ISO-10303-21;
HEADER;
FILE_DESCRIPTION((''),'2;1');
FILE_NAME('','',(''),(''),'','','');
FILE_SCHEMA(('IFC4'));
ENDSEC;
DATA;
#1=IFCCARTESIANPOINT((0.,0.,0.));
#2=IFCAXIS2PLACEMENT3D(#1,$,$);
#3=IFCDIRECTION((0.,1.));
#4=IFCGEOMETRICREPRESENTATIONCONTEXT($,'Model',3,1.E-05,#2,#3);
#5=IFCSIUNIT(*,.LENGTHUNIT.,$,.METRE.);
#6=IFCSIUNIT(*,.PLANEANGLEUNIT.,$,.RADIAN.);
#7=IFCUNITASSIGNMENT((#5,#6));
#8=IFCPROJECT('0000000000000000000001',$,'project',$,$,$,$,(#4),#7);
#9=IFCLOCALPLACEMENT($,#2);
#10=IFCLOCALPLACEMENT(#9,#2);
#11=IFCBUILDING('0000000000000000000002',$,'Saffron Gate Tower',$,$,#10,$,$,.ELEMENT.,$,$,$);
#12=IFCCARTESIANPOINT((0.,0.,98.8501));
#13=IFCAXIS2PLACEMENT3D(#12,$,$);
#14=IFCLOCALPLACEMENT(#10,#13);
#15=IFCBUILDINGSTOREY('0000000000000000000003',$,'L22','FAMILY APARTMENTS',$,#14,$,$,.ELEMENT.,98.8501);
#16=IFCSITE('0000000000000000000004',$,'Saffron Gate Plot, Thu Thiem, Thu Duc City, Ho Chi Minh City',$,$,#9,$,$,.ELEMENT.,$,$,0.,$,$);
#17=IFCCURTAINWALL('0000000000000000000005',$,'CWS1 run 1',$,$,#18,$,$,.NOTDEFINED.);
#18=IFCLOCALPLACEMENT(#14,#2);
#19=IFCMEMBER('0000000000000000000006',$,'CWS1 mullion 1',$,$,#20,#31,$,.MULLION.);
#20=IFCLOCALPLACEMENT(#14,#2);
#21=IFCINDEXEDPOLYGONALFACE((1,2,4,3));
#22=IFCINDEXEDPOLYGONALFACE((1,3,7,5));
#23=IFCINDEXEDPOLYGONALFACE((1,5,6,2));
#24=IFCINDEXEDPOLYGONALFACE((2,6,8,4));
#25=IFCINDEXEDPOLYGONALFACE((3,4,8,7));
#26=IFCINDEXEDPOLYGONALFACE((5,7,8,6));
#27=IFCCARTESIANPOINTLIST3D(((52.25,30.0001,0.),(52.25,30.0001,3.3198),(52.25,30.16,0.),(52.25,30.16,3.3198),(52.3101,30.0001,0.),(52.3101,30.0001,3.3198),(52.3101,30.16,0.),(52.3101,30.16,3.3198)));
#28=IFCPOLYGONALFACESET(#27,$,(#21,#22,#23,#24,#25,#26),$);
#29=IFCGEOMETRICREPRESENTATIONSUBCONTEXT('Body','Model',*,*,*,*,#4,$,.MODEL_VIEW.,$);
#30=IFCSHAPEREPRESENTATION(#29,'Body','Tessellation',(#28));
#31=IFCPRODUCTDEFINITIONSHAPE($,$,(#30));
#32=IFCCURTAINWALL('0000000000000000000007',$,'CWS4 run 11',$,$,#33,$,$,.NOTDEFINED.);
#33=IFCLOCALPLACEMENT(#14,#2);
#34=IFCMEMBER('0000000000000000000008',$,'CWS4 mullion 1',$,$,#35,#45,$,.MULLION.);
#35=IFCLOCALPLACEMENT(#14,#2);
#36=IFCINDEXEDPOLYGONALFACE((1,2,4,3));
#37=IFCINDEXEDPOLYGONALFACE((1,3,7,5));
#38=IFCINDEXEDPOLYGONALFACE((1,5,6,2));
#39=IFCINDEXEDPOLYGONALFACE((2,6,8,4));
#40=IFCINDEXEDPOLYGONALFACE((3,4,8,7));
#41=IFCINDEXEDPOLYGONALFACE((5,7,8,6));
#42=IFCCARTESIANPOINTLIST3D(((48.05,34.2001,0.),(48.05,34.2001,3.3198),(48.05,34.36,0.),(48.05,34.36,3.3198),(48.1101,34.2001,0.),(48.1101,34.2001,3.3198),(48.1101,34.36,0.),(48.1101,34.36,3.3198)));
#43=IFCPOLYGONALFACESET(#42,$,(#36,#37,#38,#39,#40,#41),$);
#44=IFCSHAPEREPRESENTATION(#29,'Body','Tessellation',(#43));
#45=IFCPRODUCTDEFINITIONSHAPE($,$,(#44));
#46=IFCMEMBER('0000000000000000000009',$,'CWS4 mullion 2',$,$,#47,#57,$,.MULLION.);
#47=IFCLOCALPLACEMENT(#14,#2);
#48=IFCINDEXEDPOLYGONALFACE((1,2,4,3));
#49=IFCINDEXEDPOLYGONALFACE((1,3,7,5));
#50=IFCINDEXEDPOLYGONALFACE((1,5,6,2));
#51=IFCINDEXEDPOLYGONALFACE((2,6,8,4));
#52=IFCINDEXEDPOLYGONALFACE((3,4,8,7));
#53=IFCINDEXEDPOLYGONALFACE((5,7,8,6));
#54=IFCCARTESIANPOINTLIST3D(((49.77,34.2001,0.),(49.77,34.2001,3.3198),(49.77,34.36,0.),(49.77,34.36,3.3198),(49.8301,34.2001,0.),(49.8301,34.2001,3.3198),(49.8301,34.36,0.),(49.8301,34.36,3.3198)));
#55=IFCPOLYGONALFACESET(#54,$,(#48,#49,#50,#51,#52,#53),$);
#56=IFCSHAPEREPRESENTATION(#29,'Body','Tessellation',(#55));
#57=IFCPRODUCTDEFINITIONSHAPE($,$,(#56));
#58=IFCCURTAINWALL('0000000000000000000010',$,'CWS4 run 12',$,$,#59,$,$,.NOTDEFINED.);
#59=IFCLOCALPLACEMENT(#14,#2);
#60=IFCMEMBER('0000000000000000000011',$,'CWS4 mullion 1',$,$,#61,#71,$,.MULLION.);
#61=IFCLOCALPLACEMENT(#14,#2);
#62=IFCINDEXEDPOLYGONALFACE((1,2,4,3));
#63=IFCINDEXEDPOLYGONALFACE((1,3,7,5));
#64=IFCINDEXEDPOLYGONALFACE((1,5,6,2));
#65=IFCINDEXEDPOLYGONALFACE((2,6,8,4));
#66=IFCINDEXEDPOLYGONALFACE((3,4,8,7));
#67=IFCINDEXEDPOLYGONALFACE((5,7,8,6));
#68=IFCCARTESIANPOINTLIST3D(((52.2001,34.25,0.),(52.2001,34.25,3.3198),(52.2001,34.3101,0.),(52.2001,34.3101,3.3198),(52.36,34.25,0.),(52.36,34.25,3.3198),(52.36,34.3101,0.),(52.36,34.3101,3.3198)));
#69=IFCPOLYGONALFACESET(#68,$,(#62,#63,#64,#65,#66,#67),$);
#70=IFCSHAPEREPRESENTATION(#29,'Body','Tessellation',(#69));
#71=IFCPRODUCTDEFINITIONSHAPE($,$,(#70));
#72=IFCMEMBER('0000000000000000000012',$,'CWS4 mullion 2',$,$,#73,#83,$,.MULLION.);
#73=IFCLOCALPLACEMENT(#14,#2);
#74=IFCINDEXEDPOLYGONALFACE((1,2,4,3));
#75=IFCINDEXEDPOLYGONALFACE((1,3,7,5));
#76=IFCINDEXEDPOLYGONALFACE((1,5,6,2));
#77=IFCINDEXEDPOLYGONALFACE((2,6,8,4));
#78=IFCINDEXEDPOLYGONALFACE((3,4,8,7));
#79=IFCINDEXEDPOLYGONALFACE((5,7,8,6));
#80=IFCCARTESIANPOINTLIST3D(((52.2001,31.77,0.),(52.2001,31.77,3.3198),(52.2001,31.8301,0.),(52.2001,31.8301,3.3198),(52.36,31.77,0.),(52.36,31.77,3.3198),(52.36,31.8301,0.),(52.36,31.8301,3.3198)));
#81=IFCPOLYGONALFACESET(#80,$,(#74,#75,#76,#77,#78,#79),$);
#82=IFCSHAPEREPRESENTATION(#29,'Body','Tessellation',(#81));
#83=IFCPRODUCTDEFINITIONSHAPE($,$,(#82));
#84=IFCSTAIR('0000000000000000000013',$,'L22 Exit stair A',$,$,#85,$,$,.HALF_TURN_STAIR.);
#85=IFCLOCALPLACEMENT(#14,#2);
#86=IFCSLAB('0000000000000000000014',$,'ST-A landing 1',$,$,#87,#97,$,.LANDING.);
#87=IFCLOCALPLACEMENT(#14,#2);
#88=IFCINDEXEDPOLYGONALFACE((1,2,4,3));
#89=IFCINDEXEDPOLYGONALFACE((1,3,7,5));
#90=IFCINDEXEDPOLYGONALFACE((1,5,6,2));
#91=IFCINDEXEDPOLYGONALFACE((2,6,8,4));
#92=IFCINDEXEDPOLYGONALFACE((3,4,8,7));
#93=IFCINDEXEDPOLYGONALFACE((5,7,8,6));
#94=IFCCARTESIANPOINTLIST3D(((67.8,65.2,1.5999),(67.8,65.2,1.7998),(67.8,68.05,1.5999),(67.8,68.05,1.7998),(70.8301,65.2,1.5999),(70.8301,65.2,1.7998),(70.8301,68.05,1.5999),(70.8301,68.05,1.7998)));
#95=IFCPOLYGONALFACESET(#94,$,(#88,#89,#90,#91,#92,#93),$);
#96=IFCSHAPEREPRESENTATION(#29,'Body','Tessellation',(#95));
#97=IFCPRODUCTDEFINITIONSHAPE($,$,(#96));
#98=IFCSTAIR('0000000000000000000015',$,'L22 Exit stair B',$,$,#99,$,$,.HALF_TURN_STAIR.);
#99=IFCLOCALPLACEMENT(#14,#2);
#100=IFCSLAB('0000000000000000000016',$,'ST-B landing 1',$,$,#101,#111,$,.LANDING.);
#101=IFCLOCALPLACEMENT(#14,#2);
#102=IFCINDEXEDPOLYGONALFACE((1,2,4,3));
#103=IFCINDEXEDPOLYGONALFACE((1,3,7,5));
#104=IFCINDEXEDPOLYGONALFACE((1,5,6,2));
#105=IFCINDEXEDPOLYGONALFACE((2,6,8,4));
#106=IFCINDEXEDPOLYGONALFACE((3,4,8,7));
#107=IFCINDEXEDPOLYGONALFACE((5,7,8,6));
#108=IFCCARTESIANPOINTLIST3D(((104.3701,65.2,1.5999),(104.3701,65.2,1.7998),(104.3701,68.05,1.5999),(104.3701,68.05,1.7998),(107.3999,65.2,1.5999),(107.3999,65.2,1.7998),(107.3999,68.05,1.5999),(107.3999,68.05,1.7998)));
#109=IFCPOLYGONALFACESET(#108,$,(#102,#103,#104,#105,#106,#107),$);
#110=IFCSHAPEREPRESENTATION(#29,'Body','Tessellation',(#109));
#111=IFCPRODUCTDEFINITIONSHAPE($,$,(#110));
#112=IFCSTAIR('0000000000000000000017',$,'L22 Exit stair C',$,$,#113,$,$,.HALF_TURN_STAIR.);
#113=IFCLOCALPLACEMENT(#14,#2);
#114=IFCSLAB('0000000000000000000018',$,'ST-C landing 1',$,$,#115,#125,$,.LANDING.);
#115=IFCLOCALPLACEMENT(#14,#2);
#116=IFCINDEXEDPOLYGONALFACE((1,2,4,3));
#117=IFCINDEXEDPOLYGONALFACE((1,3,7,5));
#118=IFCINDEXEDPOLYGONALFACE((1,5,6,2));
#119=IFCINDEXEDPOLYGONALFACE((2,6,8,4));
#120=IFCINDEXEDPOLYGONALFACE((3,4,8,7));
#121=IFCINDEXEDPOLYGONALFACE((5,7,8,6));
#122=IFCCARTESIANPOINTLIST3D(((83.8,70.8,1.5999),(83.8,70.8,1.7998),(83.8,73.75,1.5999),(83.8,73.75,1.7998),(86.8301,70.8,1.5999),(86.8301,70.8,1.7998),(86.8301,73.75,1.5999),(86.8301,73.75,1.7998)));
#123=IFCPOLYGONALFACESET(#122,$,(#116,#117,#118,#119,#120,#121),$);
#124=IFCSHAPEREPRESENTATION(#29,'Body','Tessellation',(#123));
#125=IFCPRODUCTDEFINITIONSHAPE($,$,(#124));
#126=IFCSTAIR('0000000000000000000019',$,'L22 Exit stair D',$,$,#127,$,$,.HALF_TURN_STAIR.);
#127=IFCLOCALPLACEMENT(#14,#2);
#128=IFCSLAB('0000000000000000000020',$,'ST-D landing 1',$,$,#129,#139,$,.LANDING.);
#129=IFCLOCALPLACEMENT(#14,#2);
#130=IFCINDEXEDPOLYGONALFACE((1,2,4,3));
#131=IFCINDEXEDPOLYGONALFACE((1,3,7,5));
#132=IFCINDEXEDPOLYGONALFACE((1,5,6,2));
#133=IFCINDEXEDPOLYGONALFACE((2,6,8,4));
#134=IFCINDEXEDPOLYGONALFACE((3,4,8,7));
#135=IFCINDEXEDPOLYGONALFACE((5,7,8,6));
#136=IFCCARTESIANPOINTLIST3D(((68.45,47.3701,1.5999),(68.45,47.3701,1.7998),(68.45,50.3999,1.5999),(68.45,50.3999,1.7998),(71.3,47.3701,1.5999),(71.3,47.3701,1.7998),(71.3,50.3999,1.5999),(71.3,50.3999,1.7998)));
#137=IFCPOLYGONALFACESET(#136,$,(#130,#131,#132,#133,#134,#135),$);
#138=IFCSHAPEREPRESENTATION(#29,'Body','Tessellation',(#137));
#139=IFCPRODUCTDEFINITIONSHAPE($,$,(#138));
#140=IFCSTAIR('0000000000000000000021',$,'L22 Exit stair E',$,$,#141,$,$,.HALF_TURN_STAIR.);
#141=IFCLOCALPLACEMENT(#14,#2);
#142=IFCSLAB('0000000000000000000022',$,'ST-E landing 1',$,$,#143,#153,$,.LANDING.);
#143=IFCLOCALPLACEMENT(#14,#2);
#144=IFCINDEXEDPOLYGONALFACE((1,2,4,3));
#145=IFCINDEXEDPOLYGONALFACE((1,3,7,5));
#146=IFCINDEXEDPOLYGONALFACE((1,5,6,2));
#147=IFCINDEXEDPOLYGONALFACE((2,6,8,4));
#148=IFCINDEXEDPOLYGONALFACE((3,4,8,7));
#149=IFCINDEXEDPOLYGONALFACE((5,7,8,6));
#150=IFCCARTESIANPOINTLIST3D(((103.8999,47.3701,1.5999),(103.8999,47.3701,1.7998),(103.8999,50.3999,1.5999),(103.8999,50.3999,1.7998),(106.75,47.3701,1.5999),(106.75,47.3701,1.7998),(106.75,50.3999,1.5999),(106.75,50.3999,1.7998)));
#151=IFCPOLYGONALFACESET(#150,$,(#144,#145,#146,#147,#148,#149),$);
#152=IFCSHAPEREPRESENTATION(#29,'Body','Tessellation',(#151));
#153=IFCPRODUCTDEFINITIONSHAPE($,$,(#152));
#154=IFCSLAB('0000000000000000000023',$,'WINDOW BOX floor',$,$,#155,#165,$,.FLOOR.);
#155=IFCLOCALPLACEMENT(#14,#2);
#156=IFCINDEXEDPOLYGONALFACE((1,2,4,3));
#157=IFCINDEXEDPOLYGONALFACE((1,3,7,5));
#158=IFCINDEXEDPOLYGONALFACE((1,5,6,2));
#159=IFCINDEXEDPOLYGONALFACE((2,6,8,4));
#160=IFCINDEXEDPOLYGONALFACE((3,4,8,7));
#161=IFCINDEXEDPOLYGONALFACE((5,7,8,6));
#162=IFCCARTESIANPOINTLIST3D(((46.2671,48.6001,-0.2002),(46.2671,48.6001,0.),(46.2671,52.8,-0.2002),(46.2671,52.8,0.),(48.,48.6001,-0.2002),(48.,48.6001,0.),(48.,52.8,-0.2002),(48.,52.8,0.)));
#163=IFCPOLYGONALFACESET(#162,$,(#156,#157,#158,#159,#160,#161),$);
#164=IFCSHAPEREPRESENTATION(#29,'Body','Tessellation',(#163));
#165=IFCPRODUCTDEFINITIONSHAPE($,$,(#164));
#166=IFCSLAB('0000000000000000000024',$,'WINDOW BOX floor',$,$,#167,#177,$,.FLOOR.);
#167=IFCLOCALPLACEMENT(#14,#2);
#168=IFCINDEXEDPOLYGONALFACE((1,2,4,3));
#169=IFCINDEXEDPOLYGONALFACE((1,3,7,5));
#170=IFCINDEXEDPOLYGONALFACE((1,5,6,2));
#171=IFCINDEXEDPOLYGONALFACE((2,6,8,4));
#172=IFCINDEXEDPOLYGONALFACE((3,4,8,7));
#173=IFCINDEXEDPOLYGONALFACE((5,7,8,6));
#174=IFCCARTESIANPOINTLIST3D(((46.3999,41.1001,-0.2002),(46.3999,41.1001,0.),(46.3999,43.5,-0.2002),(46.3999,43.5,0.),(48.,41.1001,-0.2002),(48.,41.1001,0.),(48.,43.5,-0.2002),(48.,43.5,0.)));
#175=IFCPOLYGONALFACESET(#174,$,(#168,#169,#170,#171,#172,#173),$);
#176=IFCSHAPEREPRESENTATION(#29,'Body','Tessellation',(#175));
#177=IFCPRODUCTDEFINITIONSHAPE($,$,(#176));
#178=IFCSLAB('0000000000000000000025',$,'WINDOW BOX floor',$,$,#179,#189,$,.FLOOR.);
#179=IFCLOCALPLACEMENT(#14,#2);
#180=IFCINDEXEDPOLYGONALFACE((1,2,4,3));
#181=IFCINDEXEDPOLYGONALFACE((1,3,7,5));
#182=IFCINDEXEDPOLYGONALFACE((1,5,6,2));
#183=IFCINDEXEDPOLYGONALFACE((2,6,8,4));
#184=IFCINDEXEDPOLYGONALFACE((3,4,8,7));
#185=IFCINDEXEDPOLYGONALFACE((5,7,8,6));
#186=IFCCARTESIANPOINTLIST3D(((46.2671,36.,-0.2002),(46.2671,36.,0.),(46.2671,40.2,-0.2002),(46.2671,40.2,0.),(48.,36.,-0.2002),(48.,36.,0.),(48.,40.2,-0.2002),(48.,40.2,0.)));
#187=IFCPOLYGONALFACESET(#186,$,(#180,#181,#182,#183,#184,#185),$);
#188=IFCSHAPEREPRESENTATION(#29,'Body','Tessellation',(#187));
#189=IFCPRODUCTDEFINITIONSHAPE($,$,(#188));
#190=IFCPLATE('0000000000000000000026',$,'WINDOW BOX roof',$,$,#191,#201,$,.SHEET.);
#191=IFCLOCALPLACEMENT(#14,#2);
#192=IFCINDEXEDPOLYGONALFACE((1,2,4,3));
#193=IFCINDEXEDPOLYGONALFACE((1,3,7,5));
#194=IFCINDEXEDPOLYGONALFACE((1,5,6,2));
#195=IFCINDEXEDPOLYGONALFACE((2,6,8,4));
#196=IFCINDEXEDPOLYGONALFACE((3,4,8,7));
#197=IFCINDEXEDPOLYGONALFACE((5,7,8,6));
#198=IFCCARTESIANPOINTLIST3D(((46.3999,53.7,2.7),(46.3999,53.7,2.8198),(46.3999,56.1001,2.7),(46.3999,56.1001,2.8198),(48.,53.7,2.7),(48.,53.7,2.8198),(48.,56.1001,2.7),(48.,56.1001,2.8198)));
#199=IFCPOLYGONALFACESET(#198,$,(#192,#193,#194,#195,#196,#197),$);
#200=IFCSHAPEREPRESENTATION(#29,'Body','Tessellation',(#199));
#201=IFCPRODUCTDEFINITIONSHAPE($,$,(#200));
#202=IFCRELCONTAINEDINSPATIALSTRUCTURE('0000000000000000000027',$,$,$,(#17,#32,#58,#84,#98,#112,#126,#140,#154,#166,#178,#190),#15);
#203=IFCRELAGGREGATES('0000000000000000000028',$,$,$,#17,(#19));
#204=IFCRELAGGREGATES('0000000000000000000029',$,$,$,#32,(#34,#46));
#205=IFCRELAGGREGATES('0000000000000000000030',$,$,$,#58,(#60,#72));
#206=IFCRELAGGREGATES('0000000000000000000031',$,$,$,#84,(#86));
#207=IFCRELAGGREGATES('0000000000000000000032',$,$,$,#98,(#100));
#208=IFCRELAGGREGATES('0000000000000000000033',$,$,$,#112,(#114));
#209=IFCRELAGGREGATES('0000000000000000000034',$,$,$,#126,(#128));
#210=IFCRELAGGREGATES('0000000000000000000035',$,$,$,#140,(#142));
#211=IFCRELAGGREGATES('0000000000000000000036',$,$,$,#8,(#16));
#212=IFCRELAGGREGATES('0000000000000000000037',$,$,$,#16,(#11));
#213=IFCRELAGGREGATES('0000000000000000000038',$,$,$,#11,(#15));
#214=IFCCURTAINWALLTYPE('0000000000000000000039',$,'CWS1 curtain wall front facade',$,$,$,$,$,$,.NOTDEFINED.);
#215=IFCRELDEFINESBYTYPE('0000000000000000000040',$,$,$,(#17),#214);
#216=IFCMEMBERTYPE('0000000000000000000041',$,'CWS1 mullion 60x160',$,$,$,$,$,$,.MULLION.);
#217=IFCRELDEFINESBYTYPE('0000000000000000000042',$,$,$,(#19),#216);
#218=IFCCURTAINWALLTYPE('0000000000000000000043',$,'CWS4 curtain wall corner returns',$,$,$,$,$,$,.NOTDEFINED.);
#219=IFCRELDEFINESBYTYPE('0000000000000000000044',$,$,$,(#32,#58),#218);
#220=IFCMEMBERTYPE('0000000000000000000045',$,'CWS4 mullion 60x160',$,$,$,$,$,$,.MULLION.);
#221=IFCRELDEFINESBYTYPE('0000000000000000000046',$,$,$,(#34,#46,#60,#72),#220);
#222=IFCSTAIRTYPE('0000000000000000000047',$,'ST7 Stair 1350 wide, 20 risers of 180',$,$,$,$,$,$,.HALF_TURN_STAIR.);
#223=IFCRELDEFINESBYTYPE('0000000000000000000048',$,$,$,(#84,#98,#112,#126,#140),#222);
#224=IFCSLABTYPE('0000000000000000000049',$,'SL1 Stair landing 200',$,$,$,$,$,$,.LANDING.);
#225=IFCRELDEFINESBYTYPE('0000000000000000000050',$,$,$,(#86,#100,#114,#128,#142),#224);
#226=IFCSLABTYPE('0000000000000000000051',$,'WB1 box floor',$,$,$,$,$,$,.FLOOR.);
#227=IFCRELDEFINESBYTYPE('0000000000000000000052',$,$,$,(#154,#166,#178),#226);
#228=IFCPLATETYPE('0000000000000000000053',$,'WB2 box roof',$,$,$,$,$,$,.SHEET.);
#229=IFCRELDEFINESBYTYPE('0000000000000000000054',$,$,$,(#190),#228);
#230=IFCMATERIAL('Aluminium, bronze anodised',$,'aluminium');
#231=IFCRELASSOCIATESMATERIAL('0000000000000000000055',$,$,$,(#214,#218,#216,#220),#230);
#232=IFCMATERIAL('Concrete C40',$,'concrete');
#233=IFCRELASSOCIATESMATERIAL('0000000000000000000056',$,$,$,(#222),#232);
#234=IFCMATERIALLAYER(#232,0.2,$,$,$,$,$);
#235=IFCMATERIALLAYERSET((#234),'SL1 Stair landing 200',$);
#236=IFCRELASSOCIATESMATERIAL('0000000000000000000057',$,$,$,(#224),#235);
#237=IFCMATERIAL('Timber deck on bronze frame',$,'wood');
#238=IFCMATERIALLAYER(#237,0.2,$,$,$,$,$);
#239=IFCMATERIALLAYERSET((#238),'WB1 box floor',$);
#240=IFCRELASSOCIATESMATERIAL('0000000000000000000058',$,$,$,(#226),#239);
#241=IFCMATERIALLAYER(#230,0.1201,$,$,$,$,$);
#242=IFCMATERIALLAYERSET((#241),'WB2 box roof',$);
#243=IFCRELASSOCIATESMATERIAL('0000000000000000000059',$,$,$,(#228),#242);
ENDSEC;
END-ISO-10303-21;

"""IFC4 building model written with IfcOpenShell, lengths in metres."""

from ifc_helpers import new_model, si_unit, direction, frame, origin, origin_2d, place, context, subcontext, project, spatial, polyline, rectangle, outline, extrude, material, layer, layer_set, material_profile, profile_set, type_object, element, aggregate, save


model = new_model("IFC4")

# Units and contexts
model_context = context("Model", 3, precision=1e-05, world=origin(), true_north=direction((0.0, 1.0)))
body_context = subcontext(model_context, "Body", "Model", "MODEL_VIEW")
ifc_project = project(units=[si_unit("LENGTHUNIT", "METRE"), si_unit("PLANEANGLEUNIT", "RADIAN")], contexts=[model_context])

# Site, building, storey
site_placement = place(None, origin())
site = spatial("IfcSite", under=ifc_project, at=site_placement, Name="Saffron Gate Plot, Thu Thiem, Thu Duc City, Ho Chi Minh City", CompositionType="ELEMENT", RefElevation=0.0)
building_placement = place(site_placement, origin())
building = spatial("IfcBuilding", under=site, at=building_placement, Name="Saffron Gate Tower", CompositionType="ELEMENT")
storey_placement = place(building_placement, frame((0.0, 0.0, 98.8501)))
storey = spatial("IfcBuildingStorey", under=building, at=storey_placement, Name="L22", Description="FAMILY APARTMENTS", CompositionType="ELEMENT", Elevation=98.8501)

# Curtain wall, member
ifc_material_1 = material(Name="Aluminium, bronze anodised", Category="aluminium")
curtain_wall_type_1 = type_object("IfcCurtainWallType", Name="CWS1 curtain wall front facade", PredefinedType="NOTDEFINED", material=ifc_material_1)
curtain_wall_1_placement = place(storey_placement, origin())
curtain_wall_1 = element("IfcCurtainWall", 1, at=curtain_wall_1_placement, inside=storey, type_object=curtain_wall_type_1, Name="CWS1 run 1", PredefinedType="NOTDEFINED")
ifc_material_profile_1 = material_profile(ifc_material_1, rectangle(XDim=0.1599, YDim=0.0601, at=origin_2d()))
ifc_profile_set_1 = profile_set([ifc_material_profile_1], Name="Aluminium, bronze anodised")
member_type_1 = type_object("IfcMemberType", Name="CWS1 mullion 60x160", PredefinedType="MULLION", material=ifc_profile_set_1)
member_1_placement = place(storey_placement, frame((52.28, 30.0801, 0.0), z_axis=(0.0, 0.0, 1.0), x_axis=(0.0, 1.0, 0.0)))
member_1 = element("IfcMember", 2, at=member_1_placement, type_object=member_type_1, Name="CWS1 mullion 1", PredefinedType="MULLION", context=body_context, shape_type="SweptSolid", body=[
    extrude(rectangle(XDim=0.1599, YDim=0.0601, at=origin_2d()), origin(), (0.0, 0.0, 1.0), 3.3198),
])
aggregate(curtain_wall_1, [member_1])

# Curtain walls, members
curtain_wall_type_2 = type_object("IfcCurtainWallType", Name="CWS4 curtain wall corner returns", PredefinedType="NOTDEFINED", material=ifc_material_1)
curtain_wall_2_placement = place(storey_placement, origin())
curtain_wall_2 = element("IfcCurtainWall", 3, at=curtain_wall_2_placement, inside=storey, type_object=curtain_wall_type_2, Name="CWS4 run 11", PredefinedType="NOTDEFINED")
ifc_material_profile_2 = material_profile(ifc_material_1, rectangle(XDim=0.1599, YDim=0.0601, at=origin_2d()))
ifc_profile_set_2 = profile_set([ifc_material_profile_2], Name="Aluminium, bronze anodised")
member_type_2 = type_object("IfcMemberType", Name="CWS4 mullion 60x160", PredefinedType="MULLION", material=ifc_profile_set_2)
member_2_placement = place(storey_placement, frame((48.0801, 34.28, 0.0), z_axis=(0.0, 0.0, 1.0), x_axis=(0.0, 1.0, 0.0)))
member_2 = element("IfcMember", 4, at=member_2_placement, type_object=member_type_2, Name="CWS4 mullion 1", PredefinedType="MULLION", context=body_context, shape_type="SweptSolid", body=[
    extrude(rectangle(XDim=0.1599, YDim=0.0601, at=origin_2d()), origin(), (0.0, 0.0, 1.0), 3.3198),
])
member_3_placement = place(storey_placement, frame((49.8, 34.28, 0.0), z_axis=(0.0, 0.0, 1.0), x_axis=(0.0, 1.0, 0.0)))
member_3 = element("IfcMember", 5, at=member_3_placement, type_object=member_type_2, Name="CWS4 mullion 2", PredefinedType="MULLION", context=body_context, shape_type="SweptSolid", body=[
    extrude(rectangle(XDim=0.1599, YDim=0.0601, at=origin_2d()), origin(), (0.0, 0.0, 1.0), 3.3198),
])
aggregate(curtain_wall_2, [member_2, member_3])
curtain_wall_3_placement = place(storey_placement, origin())
curtain_wall_3 = element("IfcCurtainWall", 6, at=curtain_wall_3_placement, inside=storey, type_object=curtain_wall_type_2, Name="CWS4 run 12", PredefinedType="NOTDEFINED")
member_4_placement = place(storey_placement, frame((52.28, 34.28, 0.0), z_axis=(0.0, 0.0, 1.0), x_axis=(1.0, 0.0, 0.0)))
member_4 = element("IfcMember", 7, at=member_4_placement, type_object=member_type_2, Name="CWS4 mullion 1", PredefinedType="MULLION", context=body_context, shape_type="SweptSolid", body=[
    extrude(rectangle(XDim=0.1599, YDim=0.0601, at=origin_2d()), origin(), (0.0, 0.0, 1.0), 3.3198),
])
member_5_placement = place(storey_placement, frame((52.28, 31.8, 0.0), z_axis=(0.0, 0.0, 1.0), x_axis=(1.0, 0.0, 0.0)))
member_5 = element("IfcMember", 8, at=member_5_placement, type_object=member_type_2, Name="CWS4 mullion 2", PredefinedType="MULLION", context=body_context, shape_type="SweptSolid", body=[
    extrude(rectangle(XDim=0.1599, YDim=0.0601, at=origin_2d()), origin(), (0.0, 0.0, 1.0), 3.3198),
])
aggregate(curtain_wall_3, [member_4, member_5])

# Stairs, slabs
ifc_material_2 = material(Name="Concrete C40", Category="concrete")
stair_type = type_object("IfcStairType", Name="ST7 Stair 1350 wide, 20 risers of 180", PredefinedType="HALF_TURN_STAIR", material=ifc_material_2)
stair_1_placement = place(storey_placement, origin())
stair_1 = element("IfcStair", 9, at=stair_1_placement, inside=storey, type_object=stair_type, Name="L22 Exit stair A", PredefinedType="HALF_TURN_STAIR")
ifc_layer_1 = layer(ifc_material_2, 0.2)
ifc_layer_set_1 = layer_set([ifc_layer_1], Name="SL1 Stair landing 200")
slab_type_1 = type_object("IfcSlabType", Name="SL1 Stair landing 200", PredefinedType="LANDING", material=ifc_layer_set_1)
slab_1_placement = place(storey_placement, frame((0.0, 0.0, 1.5999)))
slab_1 = element("IfcSlab", 10, at=slab_1_placement, type_object=slab_type_1, Name="ST-A landing 1", PredefinedType="LANDING", context=body_context, shape_type="SweptSolid", body=[
    extrude(outline(polyline([(70.8301, 68.05), (67.8, 68.05), (67.8, 65.2), (70.8301, 65.2), (70.8301, 68.05)])), origin(), (0.0, 0.0, 1.0), 0.2),
])
aggregate(stair_1, [slab_1])
stair_2_placement = place(storey_placement, origin())
stair_2 = element("IfcStair", 11, at=stair_2_placement, inside=storey, type_object=stair_type, Name="L22 Exit stair B", PredefinedType="HALF_TURN_STAIR")
slab_2_placement = place(storey_placement, frame((0.0, 0.0, 1.5999)))
slab_2 = element("IfcSlab", 12, at=slab_2_placement, type_object=slab_type_1, Name="ST-B landing 1", PredefinedType="LANDING", context=body_context, shape_type="SweptSolid", body=[
    extrude(outline(polyline([(104.3701, 65.2), (107.3999, 65.2), (107.3999, 68.05), (104.3701, 68.05), (104.3701, 65.2)])), origin(), (0.0, 0.0, 1.0), 0.2),
])
aggregate(stair_2, [slab_2])
stair_3_placement = place(storey_placement, origin())
stair_3 = element("IfcStair", 13, at=stair_3_placement, inside=storey, type_object=stair_type, Name="L22 Exit stair C", PredefinedType="HALF_TURN_STAIR")
slab_3_placement = place(storey_placement, frame((0.0, 0.0, 1.5999)))
slab_3 = element("IfcSlab", 14, at=slab_3_placement, type_object=slab_type_1, Name="ST-C landing 1", PredefinedType="LANDING", context=body_context, shape_type="SweptSolid", body=[
    extrude(outline(polyline([(86.8301, 73.75), (83.8, 73.75), (83.8, 70.8), (86.8301, 70.8), (86.8301, 73.75)])), origin(), (0.0, 0.0, 1.0), 0.2),
])
aggregate(stair_3, [slab_3])
stair_4_placement = place(storey_placement, origin())
stair_4 = element("IfcStair", 15, at=stair_4_placement, inside=storey, type_object=stair_type, Name="L22 Exit stair D", PredefinedType="HALF_TURN_STAIR")
slab_4_placement = place(storey_placement, frame((0.0, 0.0, 1.5999)))
slab_4 = element("IfcSlab", 16, at=slab_4_placement, type_object=slab_type_1, Name="ST-D landing 1", PredefinedType="LANDING", context=body_context, shape_type="SweptSolid", body=[
    extrude(outline(polyline([(71.3, 47.3701), (71.3, 50.3999), (68.45, 50.3999), (68.45, 47.3701), (71.3, 47.3701)])), origin(), (0.0, 0.0, 1.0), 0.2),
])
aggregate(stair_4, [slab_4])
stair_5_placement = place(storey_placement, origin())
stair_5 = element("IfcStair", 17, at=stair_5_placement, inside=storey, type_object=stair_type, Name="L22 Exit stair E", PredefinedType="HALF_TURN_STAIR")
slab_5_placement = place(storey_placement, frame((0.0, 0.0, 1.5999)))
slab_5 = element("IfcSlab", 18, at=slab_5_placement, type_object=slab_type_1, Name="ST-E landing 1", PredefinedType="LANDING", context=body_context, shape_type="SweptSolid", body=[
    extrude(outline(polyline([(106.75, 47.3701), (106.75, 50.3999), (103.8999, 50.3999), (103.8999, 47.3701), (106.75, 47.3701)])), origin(), (0.0, 0.0, 1.0), 0.2),
])
aggregate(stair_5, [slab_5])

# Slabs
ifc_material_3 = material(Name="Timber deck on bronze frame", Category="wood")
ifc_layer_2 = layer(ifc_material_3, 0.2)
ifc_layer_set_2 = layer_set([ifc_layer_2], Name="WB1 box floor")
slab_type_2 = type_object("IfcSlabType", Name="WB1 box floor", PredefinedType="FLOOR", material=ifc_layer_set_2)
slab_6_placement = place(storey_placement, frame((0.0, 0.0, -0.2002)))
element("IfcSlab", 19, at=slab_6_placement, inside=storey, type_object=slab_type_2, Name="WINDOW BOX floor", PredefinedType="FLOOR", context=body_context, shape_type="SweptSolid", body=[
    extrude(outline(polyline([(48.0, 52.8), (48.0, 48.6001), (46.2671, 48.6001), (46.2671, 52.8), (48.0, 52.8)])), origin(), (0.0, 0.0, 1.0), 0.2002),
])
slab_7_placement = place(storey_placement, frame((0.0, 0.0, -0.2002)))
element("IfcSlab", 20, at=slab_7_placement, inside=storey, type_object=slab_type_2, Name="WINDOW BOX floor", PredefinedType="FLOOR", context=body_context, shape_type="SweptSolid", body=[
    extrude(outline(polyline([(48.0, 43.5), (48.0, 41.1001), (46.3999, 41.1001), (46.3999, 43.5), (48.0, 43.5)])), origin(), (0.0, 0.0, 1.0), 0.2002),
])
slab_8_placement = place(storey_placement, frame((0.0, 0.0, -0.2002)))
element("IfcSlab", 21, at=slab_8_placement, inside=storey, type_object=slab_type_2, Name="WINDOW BOX floor", PredefinedType="FLOOR", context=body_context, shape_type="SweptSolid", body=[
    extrude(outline(polyline([(48.0, 40.2), (48.0, 36.0), (46.2671, 36.0), (46.2671, 40.2), (48.0, 40.2)])), origin(), (0.0, 0.0, 1.0), 0.2002),
])

# Plate
ifc_layer_3 = layer(ifc_material_1, 0.1201)
ifc_layer_set_3 = layer_set([ifc_layer_3], Name="WB2 box roof")
plate_type_1 = type_object("IfcPlateType", Name="WB2 box roof", PredefinedType="SHEET", material=ifc_layer_set_3)
plate_1_placement = place(storey_placement, frame((0.0, 0.0, 2.7)))
element("IfcPlate", 22, at=plate_1_placement, inside=storey, type_object=plate_type_1, Name="WINDOW BOX roof", PredefinedType="SHEET", context=body_context, shape_type="SweptSolid", body=[
    extrude(outline(polyline([(48.0, 56.1001), (48.0, 53.7), (46.3999, 53.7), (46.3999, 56.1001), (48.0, 56.1001)])), origin(), (0.0, 0.0, 1.0), 0.1199),
])

save(model, "model.ifc")
